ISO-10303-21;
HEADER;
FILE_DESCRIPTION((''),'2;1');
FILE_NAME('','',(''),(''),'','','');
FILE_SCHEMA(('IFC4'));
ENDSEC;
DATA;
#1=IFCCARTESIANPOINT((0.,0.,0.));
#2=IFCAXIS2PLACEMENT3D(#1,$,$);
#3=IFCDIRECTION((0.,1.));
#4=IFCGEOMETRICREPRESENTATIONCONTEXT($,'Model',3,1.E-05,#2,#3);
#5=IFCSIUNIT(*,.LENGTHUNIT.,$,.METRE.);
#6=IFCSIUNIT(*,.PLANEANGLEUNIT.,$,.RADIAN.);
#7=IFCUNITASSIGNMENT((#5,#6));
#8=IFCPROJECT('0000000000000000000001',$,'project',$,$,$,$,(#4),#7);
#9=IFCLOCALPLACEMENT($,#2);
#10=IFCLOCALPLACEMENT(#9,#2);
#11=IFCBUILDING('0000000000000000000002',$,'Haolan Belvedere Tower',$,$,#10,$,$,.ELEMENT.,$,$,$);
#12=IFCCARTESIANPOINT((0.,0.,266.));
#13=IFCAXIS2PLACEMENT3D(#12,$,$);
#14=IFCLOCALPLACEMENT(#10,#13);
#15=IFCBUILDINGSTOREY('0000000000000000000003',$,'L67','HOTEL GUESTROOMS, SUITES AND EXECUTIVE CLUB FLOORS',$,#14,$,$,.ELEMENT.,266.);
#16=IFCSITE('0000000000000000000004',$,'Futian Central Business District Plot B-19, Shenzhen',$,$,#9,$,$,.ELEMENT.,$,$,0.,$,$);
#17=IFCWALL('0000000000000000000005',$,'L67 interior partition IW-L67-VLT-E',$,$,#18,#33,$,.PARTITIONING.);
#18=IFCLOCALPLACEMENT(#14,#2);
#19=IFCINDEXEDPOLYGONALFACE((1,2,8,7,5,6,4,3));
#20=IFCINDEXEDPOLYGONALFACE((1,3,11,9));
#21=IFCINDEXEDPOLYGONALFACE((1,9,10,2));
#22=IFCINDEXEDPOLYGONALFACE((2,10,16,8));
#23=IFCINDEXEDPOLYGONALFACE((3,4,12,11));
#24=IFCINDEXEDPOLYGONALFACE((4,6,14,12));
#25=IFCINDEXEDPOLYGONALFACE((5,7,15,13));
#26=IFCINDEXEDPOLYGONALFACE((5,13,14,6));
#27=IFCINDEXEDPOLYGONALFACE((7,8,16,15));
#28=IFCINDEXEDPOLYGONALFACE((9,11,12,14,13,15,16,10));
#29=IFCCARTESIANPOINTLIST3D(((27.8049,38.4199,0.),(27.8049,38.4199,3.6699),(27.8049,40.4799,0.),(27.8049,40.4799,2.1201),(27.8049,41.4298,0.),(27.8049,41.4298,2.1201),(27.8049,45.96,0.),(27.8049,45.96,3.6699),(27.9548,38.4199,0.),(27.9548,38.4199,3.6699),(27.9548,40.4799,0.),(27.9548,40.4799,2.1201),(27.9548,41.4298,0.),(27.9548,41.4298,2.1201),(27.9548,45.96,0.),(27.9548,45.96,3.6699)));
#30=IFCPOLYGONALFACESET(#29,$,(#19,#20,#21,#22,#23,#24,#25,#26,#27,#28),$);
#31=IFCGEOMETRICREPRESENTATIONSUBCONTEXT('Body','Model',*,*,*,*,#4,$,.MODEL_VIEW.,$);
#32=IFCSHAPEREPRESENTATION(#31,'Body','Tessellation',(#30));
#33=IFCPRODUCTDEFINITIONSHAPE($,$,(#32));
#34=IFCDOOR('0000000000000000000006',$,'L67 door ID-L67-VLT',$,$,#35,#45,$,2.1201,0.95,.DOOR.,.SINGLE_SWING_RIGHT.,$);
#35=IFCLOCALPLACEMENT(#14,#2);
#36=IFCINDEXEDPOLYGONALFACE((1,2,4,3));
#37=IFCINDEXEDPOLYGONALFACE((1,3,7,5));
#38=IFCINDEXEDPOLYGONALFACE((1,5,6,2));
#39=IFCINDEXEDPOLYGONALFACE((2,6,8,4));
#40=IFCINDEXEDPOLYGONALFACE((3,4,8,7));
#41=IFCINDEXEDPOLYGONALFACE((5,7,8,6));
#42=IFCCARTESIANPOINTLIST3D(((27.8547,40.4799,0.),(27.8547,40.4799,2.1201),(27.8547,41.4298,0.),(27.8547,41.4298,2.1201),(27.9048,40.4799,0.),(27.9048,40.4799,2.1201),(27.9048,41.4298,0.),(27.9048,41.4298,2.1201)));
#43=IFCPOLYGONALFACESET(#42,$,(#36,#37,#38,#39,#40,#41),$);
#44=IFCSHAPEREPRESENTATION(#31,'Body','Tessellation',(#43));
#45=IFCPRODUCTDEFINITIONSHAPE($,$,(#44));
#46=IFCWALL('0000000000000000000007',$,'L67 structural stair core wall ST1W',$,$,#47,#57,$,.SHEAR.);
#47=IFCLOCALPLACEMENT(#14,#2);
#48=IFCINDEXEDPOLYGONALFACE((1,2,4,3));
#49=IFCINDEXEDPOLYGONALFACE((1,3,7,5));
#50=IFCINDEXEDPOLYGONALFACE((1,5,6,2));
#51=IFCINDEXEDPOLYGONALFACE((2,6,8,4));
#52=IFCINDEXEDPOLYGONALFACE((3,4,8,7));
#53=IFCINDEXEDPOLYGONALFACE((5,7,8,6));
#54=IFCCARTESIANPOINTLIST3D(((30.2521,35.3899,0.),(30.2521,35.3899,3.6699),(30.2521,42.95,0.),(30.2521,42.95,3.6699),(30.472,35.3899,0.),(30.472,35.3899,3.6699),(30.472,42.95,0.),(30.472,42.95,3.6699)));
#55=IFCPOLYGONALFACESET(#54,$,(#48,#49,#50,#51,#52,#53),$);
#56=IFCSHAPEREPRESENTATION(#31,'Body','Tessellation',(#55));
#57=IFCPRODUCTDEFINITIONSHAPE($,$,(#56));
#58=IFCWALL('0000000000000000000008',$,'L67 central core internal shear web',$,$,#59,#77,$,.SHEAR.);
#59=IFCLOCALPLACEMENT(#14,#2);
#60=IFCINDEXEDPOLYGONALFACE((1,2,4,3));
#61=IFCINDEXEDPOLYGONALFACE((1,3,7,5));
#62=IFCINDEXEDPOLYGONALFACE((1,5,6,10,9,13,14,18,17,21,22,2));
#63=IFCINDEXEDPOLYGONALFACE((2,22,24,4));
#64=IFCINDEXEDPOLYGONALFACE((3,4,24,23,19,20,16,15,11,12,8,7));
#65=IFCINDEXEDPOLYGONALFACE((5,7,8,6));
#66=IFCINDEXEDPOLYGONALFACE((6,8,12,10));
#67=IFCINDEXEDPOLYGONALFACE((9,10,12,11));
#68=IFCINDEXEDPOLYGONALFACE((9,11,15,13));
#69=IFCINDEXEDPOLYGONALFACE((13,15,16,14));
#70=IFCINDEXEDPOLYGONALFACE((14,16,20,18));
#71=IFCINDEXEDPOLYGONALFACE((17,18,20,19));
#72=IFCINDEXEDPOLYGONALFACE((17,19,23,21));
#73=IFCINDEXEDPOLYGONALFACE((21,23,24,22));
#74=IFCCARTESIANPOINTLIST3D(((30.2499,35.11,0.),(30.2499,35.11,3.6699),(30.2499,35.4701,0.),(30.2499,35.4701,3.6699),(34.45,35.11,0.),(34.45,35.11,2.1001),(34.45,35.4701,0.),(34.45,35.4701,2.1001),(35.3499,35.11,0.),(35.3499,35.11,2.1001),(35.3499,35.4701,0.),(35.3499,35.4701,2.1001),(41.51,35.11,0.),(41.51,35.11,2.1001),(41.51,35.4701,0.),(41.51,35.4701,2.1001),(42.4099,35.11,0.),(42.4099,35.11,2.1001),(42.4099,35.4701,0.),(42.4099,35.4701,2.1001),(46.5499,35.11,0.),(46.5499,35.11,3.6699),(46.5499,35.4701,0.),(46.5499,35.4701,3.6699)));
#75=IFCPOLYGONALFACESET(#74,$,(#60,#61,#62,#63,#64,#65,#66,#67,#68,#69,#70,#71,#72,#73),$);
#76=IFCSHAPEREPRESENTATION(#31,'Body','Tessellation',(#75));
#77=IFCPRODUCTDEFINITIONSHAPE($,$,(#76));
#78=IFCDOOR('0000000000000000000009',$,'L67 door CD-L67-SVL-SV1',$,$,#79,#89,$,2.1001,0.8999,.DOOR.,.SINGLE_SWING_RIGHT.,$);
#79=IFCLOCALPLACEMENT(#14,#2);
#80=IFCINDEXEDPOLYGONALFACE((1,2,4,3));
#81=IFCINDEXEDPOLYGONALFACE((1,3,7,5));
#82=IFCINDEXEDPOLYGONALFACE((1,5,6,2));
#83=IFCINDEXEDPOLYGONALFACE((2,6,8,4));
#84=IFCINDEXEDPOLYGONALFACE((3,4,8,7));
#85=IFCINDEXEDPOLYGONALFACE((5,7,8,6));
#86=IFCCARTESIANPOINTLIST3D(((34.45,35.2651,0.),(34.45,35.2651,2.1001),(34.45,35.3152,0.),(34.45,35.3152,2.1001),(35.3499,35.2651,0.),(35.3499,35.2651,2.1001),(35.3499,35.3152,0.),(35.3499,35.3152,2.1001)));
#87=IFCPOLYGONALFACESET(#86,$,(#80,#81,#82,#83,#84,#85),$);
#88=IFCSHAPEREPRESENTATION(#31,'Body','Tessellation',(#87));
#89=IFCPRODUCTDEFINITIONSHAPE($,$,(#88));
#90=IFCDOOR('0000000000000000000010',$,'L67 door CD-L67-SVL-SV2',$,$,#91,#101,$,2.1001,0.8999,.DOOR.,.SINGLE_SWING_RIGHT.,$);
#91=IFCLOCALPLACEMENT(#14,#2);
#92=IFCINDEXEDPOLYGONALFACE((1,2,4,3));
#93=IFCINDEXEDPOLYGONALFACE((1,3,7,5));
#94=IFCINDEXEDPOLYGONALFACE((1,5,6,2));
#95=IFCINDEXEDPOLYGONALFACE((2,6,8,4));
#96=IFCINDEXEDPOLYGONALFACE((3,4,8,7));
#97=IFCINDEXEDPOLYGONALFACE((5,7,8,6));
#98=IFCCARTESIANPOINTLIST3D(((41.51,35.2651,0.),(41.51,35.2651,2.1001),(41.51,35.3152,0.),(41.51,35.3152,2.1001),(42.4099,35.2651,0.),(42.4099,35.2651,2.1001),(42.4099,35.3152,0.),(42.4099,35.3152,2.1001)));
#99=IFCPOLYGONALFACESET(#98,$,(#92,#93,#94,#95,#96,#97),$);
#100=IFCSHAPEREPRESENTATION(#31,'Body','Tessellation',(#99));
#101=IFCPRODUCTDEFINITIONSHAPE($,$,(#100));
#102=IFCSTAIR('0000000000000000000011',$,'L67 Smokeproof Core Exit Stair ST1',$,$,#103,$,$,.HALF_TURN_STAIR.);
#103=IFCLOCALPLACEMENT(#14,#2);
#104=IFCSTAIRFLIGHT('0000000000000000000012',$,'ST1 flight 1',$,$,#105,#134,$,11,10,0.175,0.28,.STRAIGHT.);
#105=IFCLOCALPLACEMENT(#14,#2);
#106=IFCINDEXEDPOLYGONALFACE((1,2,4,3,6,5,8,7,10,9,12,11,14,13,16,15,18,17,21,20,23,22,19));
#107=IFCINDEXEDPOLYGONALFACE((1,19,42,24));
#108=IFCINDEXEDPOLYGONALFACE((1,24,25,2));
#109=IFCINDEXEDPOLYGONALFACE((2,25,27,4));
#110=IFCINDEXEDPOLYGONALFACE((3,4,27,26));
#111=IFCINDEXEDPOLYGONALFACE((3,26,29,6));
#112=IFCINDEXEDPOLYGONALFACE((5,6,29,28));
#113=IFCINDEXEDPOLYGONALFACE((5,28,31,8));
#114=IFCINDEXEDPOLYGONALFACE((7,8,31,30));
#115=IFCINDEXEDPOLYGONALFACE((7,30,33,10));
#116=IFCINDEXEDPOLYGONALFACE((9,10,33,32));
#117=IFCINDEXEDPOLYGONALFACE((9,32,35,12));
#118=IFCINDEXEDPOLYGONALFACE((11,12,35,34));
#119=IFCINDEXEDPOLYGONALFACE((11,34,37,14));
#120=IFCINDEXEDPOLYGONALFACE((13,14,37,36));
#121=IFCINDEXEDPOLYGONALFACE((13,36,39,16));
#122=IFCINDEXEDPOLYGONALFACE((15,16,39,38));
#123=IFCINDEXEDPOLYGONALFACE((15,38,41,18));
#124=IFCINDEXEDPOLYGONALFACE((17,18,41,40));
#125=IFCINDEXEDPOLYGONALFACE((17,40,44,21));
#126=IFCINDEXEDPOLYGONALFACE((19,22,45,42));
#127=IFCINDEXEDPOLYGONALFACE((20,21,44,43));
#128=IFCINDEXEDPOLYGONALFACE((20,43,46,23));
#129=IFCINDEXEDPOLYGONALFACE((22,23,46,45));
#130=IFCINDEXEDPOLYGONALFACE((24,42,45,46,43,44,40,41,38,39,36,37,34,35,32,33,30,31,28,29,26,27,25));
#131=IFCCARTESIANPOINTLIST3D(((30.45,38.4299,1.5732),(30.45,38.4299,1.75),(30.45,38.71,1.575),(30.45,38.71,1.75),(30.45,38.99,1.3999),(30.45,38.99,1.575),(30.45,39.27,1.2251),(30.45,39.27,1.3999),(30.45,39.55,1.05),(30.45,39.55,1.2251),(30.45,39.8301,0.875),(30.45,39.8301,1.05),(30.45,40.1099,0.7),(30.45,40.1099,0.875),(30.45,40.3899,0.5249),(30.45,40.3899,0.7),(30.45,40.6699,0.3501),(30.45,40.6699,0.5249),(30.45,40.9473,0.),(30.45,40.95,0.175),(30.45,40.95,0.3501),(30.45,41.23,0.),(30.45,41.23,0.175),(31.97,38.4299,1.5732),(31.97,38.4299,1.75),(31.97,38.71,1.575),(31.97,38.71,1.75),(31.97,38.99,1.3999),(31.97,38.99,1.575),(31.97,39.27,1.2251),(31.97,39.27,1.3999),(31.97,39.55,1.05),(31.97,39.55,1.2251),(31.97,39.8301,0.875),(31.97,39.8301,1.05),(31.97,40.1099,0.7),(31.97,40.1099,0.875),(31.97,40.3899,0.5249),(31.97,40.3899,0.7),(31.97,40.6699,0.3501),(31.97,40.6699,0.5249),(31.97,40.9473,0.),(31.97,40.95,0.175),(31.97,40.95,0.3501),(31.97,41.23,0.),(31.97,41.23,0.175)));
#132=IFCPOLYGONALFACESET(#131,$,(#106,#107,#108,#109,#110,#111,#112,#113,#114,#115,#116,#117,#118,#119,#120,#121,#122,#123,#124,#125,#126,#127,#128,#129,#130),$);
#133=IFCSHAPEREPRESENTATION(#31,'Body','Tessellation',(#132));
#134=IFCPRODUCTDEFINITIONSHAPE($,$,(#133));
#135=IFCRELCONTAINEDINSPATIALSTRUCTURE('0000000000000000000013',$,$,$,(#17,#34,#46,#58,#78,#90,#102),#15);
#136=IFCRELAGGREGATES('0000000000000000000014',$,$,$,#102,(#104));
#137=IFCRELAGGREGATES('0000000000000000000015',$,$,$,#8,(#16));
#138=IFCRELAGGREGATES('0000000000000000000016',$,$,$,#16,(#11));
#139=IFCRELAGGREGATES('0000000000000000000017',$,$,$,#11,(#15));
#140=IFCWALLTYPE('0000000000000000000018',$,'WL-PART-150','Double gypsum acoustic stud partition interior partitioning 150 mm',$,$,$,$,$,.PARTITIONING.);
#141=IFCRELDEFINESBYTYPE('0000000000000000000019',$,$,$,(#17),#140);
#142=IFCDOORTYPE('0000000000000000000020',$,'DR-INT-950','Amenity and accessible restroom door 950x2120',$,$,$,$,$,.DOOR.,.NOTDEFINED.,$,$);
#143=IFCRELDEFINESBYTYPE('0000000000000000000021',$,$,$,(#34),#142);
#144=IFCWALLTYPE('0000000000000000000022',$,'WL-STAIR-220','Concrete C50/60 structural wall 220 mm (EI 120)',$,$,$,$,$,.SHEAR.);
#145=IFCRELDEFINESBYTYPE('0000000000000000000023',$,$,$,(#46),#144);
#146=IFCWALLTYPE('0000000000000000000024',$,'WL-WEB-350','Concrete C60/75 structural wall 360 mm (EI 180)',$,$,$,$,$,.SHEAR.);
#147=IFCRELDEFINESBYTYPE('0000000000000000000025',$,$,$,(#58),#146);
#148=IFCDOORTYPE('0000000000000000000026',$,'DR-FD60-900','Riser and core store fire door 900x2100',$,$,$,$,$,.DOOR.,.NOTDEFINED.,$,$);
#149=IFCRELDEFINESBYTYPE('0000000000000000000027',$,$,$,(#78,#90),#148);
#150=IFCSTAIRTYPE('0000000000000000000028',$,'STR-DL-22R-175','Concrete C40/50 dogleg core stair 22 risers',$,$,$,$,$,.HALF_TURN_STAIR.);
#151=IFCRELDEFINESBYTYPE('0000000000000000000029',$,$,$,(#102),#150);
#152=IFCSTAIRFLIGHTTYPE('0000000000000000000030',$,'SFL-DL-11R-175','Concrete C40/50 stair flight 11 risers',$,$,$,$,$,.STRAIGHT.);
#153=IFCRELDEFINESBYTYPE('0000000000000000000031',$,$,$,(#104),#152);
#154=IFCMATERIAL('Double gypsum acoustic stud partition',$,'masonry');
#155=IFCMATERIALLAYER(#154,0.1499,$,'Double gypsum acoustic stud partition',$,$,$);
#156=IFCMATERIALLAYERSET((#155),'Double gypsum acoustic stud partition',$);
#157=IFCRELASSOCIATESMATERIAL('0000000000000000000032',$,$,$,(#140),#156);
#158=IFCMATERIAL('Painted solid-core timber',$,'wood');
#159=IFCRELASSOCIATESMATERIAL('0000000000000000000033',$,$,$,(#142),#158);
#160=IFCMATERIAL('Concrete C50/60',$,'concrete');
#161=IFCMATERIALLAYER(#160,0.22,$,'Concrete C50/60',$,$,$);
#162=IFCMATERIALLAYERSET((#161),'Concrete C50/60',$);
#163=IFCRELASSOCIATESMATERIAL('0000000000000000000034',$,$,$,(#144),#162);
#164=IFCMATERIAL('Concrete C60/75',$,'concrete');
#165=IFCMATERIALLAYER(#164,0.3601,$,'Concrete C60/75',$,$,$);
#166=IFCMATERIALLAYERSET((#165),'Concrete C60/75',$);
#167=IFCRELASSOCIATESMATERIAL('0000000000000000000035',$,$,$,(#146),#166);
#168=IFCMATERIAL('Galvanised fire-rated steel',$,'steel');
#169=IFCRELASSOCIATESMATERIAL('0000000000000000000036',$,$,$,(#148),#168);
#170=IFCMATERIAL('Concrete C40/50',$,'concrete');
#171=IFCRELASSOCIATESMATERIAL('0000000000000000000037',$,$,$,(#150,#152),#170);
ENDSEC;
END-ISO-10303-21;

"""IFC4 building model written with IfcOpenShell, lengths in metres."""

from ifc_helpers import new_model, si_unit, direction, frame, frame_2d, origin, place, context, subcontext, project, spatial, polyline, rectangle, outline, extrude, material, layer, layer_set, type_object, element, fill, aggregate, save


model = new_model("IFC4")

# Units and contexts
model_context = context("Model", 3, precision=1e-05, world=origin(), true_north=direction((0.0, 1.0)))
body_context = subcontext(model_context, "Body", "Model", "MODEL_VIEW")
ifc_project = project(units=[si_unit("LENGTHUNIT", "METRE"), si_unit("PLANEANGLEUNIT", "RADIAN")], contexts=[model_context])

# Site, building, storey
site_placement = place(None, origin())
site = spatial("IfcSite", under=ifc_project, at=site_placement, Name="Futian Central Business District Plot B-19, Shenzhen", CompositionType="ELEMENT", RefElevation=0.0)
building_placement = place(site_placement, origin())
building = spatial("IfcBuilding", under=site, at=building_placement, Name="Haolan Belvedere Tower", CompositionType="ELEMENT")
storey_placement = place(building_placement, frame((0.0, 0.0, 266.0)))
storey = spatial("IfcBuildingStorey", under=building, at=storey_placement, Name="L67", Description="HOTEL GUESTROOMS, SUITES AND EXECUTIVE CLUB FLOORS", CompositionType="ELEMENT", Elevation=266.0)

# Shared definitions
ifc_material_1 = material(Name="Concrete C50/60", Category="concrete")

# Shared definitions
ifc_material_2 = material(Name="Galvanised fire-rated steel", Category="steel")

# Wall, opening, door
ifc_material_3 = material(Name="Concrete C40/50", Category="concrete")
ifc_material_4 = material(Name="Double gypsum acoustic stud partition", Category="masonry")
ifc_layer_1 = layer(ifc_material_4, 0.1499, Name="Double gypsum acoustic stud partition")
ifc_layer_set_1 = layer_set([ifc_layer_1], Name="Double gypsum acoustic stud partition")
wall_type_1 = type_object("IfcWallType", Name="WL-PART-150", Description="Double gypsum acoustic stud partition interior partitioning 150 mm", PredefinedType="PARTITIONING", material=ifc_layer_set_1)
ifc_material_5 = material(Name="Painted solid-core timber", Category="wood")
door_type_1 = type_object("IfcDoorType", Name="DR-INT-950", Description="Amenity and accessible restroom door 950x2120", OperationType="NOTDEFINED", PredefinedType="DOOR", material=ifc_material_5)
wall_1_placement = place(storey_placement, frame((27.8799, 38.4199, 0.0), z_axis=(0.0, 0.0, 1.0), x_axis=(0.0, 1.0, 0.0)))
wall_1 = element("IfcWall", 1, at=wall_1_placement, inside=storey, type_object=wall_type_1, Name="L67 interior partition IW-L67-VLT-E", PredefinedType="PARTITIONING", context=body_context, shape_type="SweptSolid", body=[
    extrude(rectangle(XDim=7.54, YDim=0.1499, at=frame_2d((3.77, 0.0))), origin(), (0.0, 0.0, 1.0), 3.6699),
])
opening_1_placement = place(wall_1_placement, frame((3.01, 0.0, 0.0), z_axis=(0.0, 0.0, 1.0), x_axis=(-1.0, 0.0, 0.0)))
opening_1 = element("IfcOpeningElement", 2, at=opening_1_placement, cuts=wall_1, PredefinedType="OPENING", context=body_context, shape_type="SweptSolid", body=[
    extrude(rectangle(XDim=0.95, YDim=2.1201, at=frame_2d((0.4751, 1.0601))), frame((0.0, 0.085, 0.0), z_axis=(0.0, -1.0, 0.0), x_axis=(1.0, 0.0, 0.0)), (0.0, 0.0, 1.0), 0.1699),
])
door_1_placement = place(opening_1_placement, origin())
door_1 = element("IfcDoor", 3, at=door_1_placement, inside=storey, type_object=door_type_1, Name="L67 door ID-L67-VLT", OperationType="SINGLE_SWING_RIGHT", OverallHeight=2.1201, OverallWidth=0.95, PredefinedType="DOOR", context=body_context, shape_type="SweptSolid", body=[
    extrude(rectangle(XDim=0.95, YDim=2.1201, at=frame_2d((0.4751, 1.0601))), frame((0.0, 0.0249, 0.0), z_axis=(0.0, -1.0, 0.0), x_axis=(1.0, 0.0, 0.0)), (0.0, 0.0, 1.0), 0.05),
])
fill(opening_1, door_1)

# Wall
ifc_layer_2 = layer(ifc_material_1, 0.22, Name="Concrete C50/60")
ifc_layer_set_2 = layer_set([ifc_layer_2], Name="Concrete C50/60")
wall_type_2 = type_object("IfcWallType", Name="WL-STAIR-220", Description="Concrete C50/60 structural wall 220 mm (EI 120)", PredefinedType="SHEAR", material=ifc_layer_set_2)
wall_2_placement = place(storey_placement, frame((30.3621, 35.3899, 0.0), z_axis=(0.0, 0.0, 1.0), x_axis=(0.0, 1.0, 0.0)))
element("IfcWall", 4, at=wall_2_placement, inside=storey, type_object=wall_type_2, Name="L67 structural stair core wall ST1W", PredefinedType="SHEAR", context=body_context, shape_type="SweptSolid", body=[
    extrude(rectangle(XDim=7.5601, YDim=0.22, at=frame_2d((3.78, 0.0))), origin(), (0.0, 0.0, 1.0), 3.6699),
])

# Wall, openings, doors
ifc_material_6 = material(Name="Concrete C60/75", Category="concrete")
ifc_layer_3 = layer(ifc_material_6, 0.3601, Name="Concrete C60/75")
ifc_layer_set_3 = layer_set([ifc_layer_3], Name="Concrete C60/75")
wall_type_3 = type_object("IfcWallType", Name="WL-WEB-350", Description="Concrete C60/75 structural wall 360 mm (EI 180)", PredefinedType="SHEAR", material=ifc_layer_set_3)
wall_3_placement = place(storey_placement, frame((30.25, 35.29, 0.0), z_axis=(0.0, 0.0, 1.0), x_axis=(1.0, 0.0, 0.0)))
wall_3 = element("IfcWall", 5, at=wall_3_placement, inside=storey, type_object=wall_type_3, Name="L67 central core internal shear web", PredefinedType="SHEAR", context=body_context, shape_type="SweptSolid", body=[
    extrude(rectangle(XDim=16.3, YDim=0.3601, at=frame_2d((8.1499, 0.0))), origin(), (0.0, 0.0, 1.0), 3.6699),
])
opening_2_placement = place(wall_3_placement, frame((5.0999, 0.0, 0.0), z_axis=(0.0, 0.0, 1.0), x_axis=(-1.0, 0.0, 0.0)))
opening_2 = element("IfcOpeningElement", 6, at=opening_2_placement, cuts=wall_3, PredefinedType="OPENING", context=body_context, shape_type="SweptSolid", body=[
    extrude(rectangle(XDim=0.8999, YDim=2.1001, at=frame_2d((0.45, 1.05))), frame((0.0, 0.1899, 0.0), z_axis=(0.0, -1.0, 0.0), x_axis=(1.0, 0.0, 0.0)), (0.0, 0.0, 1.0), 0.3801),
])
opening_3_placement = place(wall_3_placement, frame((12.1599, 0.0, 0.0), z_axis=(0.0, 0.0, 1.0), x_axis=(-1.0, 0.0, 0.0)))
opening_3 = element("IfcOpeningElement", 7, at=opening_3_placement, cuts=wall_3, PredefinedType="OPENING", context=body_context, shape_type="SweptSolid", body=[
    extrude(rectangle(XDim=0.8999, YDim=2.1001, at=frame_2d((0.45, 1.05))), frame((0.0, 0.1899, 0.0), z_axis=(0.0, -1.0, 0.0), x_axis=(1.0, 0.0, 0.0)), (0.0, 0.0, 1.0), 0.3801),
])
door_type_2 = type_object("IfcDoorType", Name="DR-FD60-900", Description="Riser and core store fire door 900x2100", OperationType="NOTDEFINED", PredefinedType="DOOR", material=ifc_material_2)
door_2_placement = place(opening_2_placement, origin())
door_2 = element("IfcDoor", 8, at=door_2_placement, inside=storey, type_object=door_type_2, Name="L67 door CD-L67-SVL-SV1", OperationType="SINGLE_SWING_RIGHT", OverallHeight=2.1001, OverallWidth=0.8999, PredefinedType="DOOR", context=body_context, shape_type="SweptSolid", body=[
    extrude(rectangle(XDim=0.8999, YDim=2.1001, at=frame_2d((0.45, 1.05))), frame((0.0, 0.0249, 0.0), z_axis=(0.0, -1.0, 0.0), x_axis=(1.0, 0.0, 0.0)), (0.0, 0.0, 1.0), 0.05),
])
fill(opening_2, door_2)
door_3_placement = place(opening_3_placement, origin())
door_3 = element("IfcDoor", 9, at=door_3_placement, inside=storey, type_object=door_type_2, Name="L67 door CD-L67-SVL-SV2", OperationType="SINGLE_SWING_RIGHT", OverallHeight=2.1001, OverallWidth=0.8999, PredefinedType="DOOR", context=body_context, shape_type="SweptSolid", body=[
    extrude(rectangle(XDim=0.8999, YDim=2.1001, at=frame_2d((0.45, 1.05))), frame((0.0, 0.0249, 0.0), z_axis=(0.0, -1.0, 0.0), x_axis=(1.0, 0.0, 0.0)), (0.0, 0.0, 1.0), 0.05),
])
fill(opening_3, door_3)

# Stair, stair flight
stair_type = type_object("IfcStairType", Name="STR-DL-22R-175", Description="Concrete C40/50 dogleg core stair 22 risers", PredefinedType="HALF_TURN_STAIR", material=ifc_material_3)
stair_placement = place(storey_placement, origin())
stair = element("IfcStair", 10, at=stair_placement, inside=storey, type_object=stair_type, Name="L67 Smokeproof Core Exit Stair ST1", PredefinedType="HALF_TURN_STAIR")
stair_flight_type = type_object("IfcStairFlightType", Name="SFL-DL-11R-175", Description="Concrete C40/50 stair flight 11 risers", PredefinedType="STRAIGHT", material=ifc_material_3)
stair_flight_placement = place(storey_placement, frame((31.21, 41.23, 0.0), z_axis=(0.0, 0.0, 1.0), x_axis=(0.0, -1.0, 0.0)))
stair_flight = element("IfcStairFlight", 11, at=stair_flight_placement, type_object=stair_flight_type, Name="ST1 flight 1", NumberOfRisers=11, NumberOfTreads=10, PredefinedType="STRAIGHT", RiserHeight=0.175, TreadLength=0.28, context=body_context, shape_type="SweptSolid", body=[
    extrude(outline(polyline([(0.0, 0.0), (0.0, 0.175), (0.28, 0.175), (0.28, 0.3501), (0.5601, 0.3501), (0.5601, 0.5249), (0.8401, 0.5249), (0.8401, 0.7), (1.1201, 0.7), (1.1201, 0.875), (1.3999, 0.875), (1.3999, 1.05), (1.6799, 1.05), (1.6799, 1.2251), (1.96, 1.2251), (1.96, 1.3999), (2.24, 1.3999), (2.24, 1.575), (2.52, 1.575), (2.52, 1.75), (2.8, 1.75), (2.8, 1.925), (2.8, 1.5732), (0.2827, 0.0), (0.0, 0.0)])), frame((0.0, 0.76, 0.0), z_axis=(0.0, -1.0, 0.0), x_axis=(1.0, 0.0, 0.0)), (0.0, 0.0, 1.0), 1.52),
])
aggregate(stair, [stair_flight])

save(model, "model.ifc")
